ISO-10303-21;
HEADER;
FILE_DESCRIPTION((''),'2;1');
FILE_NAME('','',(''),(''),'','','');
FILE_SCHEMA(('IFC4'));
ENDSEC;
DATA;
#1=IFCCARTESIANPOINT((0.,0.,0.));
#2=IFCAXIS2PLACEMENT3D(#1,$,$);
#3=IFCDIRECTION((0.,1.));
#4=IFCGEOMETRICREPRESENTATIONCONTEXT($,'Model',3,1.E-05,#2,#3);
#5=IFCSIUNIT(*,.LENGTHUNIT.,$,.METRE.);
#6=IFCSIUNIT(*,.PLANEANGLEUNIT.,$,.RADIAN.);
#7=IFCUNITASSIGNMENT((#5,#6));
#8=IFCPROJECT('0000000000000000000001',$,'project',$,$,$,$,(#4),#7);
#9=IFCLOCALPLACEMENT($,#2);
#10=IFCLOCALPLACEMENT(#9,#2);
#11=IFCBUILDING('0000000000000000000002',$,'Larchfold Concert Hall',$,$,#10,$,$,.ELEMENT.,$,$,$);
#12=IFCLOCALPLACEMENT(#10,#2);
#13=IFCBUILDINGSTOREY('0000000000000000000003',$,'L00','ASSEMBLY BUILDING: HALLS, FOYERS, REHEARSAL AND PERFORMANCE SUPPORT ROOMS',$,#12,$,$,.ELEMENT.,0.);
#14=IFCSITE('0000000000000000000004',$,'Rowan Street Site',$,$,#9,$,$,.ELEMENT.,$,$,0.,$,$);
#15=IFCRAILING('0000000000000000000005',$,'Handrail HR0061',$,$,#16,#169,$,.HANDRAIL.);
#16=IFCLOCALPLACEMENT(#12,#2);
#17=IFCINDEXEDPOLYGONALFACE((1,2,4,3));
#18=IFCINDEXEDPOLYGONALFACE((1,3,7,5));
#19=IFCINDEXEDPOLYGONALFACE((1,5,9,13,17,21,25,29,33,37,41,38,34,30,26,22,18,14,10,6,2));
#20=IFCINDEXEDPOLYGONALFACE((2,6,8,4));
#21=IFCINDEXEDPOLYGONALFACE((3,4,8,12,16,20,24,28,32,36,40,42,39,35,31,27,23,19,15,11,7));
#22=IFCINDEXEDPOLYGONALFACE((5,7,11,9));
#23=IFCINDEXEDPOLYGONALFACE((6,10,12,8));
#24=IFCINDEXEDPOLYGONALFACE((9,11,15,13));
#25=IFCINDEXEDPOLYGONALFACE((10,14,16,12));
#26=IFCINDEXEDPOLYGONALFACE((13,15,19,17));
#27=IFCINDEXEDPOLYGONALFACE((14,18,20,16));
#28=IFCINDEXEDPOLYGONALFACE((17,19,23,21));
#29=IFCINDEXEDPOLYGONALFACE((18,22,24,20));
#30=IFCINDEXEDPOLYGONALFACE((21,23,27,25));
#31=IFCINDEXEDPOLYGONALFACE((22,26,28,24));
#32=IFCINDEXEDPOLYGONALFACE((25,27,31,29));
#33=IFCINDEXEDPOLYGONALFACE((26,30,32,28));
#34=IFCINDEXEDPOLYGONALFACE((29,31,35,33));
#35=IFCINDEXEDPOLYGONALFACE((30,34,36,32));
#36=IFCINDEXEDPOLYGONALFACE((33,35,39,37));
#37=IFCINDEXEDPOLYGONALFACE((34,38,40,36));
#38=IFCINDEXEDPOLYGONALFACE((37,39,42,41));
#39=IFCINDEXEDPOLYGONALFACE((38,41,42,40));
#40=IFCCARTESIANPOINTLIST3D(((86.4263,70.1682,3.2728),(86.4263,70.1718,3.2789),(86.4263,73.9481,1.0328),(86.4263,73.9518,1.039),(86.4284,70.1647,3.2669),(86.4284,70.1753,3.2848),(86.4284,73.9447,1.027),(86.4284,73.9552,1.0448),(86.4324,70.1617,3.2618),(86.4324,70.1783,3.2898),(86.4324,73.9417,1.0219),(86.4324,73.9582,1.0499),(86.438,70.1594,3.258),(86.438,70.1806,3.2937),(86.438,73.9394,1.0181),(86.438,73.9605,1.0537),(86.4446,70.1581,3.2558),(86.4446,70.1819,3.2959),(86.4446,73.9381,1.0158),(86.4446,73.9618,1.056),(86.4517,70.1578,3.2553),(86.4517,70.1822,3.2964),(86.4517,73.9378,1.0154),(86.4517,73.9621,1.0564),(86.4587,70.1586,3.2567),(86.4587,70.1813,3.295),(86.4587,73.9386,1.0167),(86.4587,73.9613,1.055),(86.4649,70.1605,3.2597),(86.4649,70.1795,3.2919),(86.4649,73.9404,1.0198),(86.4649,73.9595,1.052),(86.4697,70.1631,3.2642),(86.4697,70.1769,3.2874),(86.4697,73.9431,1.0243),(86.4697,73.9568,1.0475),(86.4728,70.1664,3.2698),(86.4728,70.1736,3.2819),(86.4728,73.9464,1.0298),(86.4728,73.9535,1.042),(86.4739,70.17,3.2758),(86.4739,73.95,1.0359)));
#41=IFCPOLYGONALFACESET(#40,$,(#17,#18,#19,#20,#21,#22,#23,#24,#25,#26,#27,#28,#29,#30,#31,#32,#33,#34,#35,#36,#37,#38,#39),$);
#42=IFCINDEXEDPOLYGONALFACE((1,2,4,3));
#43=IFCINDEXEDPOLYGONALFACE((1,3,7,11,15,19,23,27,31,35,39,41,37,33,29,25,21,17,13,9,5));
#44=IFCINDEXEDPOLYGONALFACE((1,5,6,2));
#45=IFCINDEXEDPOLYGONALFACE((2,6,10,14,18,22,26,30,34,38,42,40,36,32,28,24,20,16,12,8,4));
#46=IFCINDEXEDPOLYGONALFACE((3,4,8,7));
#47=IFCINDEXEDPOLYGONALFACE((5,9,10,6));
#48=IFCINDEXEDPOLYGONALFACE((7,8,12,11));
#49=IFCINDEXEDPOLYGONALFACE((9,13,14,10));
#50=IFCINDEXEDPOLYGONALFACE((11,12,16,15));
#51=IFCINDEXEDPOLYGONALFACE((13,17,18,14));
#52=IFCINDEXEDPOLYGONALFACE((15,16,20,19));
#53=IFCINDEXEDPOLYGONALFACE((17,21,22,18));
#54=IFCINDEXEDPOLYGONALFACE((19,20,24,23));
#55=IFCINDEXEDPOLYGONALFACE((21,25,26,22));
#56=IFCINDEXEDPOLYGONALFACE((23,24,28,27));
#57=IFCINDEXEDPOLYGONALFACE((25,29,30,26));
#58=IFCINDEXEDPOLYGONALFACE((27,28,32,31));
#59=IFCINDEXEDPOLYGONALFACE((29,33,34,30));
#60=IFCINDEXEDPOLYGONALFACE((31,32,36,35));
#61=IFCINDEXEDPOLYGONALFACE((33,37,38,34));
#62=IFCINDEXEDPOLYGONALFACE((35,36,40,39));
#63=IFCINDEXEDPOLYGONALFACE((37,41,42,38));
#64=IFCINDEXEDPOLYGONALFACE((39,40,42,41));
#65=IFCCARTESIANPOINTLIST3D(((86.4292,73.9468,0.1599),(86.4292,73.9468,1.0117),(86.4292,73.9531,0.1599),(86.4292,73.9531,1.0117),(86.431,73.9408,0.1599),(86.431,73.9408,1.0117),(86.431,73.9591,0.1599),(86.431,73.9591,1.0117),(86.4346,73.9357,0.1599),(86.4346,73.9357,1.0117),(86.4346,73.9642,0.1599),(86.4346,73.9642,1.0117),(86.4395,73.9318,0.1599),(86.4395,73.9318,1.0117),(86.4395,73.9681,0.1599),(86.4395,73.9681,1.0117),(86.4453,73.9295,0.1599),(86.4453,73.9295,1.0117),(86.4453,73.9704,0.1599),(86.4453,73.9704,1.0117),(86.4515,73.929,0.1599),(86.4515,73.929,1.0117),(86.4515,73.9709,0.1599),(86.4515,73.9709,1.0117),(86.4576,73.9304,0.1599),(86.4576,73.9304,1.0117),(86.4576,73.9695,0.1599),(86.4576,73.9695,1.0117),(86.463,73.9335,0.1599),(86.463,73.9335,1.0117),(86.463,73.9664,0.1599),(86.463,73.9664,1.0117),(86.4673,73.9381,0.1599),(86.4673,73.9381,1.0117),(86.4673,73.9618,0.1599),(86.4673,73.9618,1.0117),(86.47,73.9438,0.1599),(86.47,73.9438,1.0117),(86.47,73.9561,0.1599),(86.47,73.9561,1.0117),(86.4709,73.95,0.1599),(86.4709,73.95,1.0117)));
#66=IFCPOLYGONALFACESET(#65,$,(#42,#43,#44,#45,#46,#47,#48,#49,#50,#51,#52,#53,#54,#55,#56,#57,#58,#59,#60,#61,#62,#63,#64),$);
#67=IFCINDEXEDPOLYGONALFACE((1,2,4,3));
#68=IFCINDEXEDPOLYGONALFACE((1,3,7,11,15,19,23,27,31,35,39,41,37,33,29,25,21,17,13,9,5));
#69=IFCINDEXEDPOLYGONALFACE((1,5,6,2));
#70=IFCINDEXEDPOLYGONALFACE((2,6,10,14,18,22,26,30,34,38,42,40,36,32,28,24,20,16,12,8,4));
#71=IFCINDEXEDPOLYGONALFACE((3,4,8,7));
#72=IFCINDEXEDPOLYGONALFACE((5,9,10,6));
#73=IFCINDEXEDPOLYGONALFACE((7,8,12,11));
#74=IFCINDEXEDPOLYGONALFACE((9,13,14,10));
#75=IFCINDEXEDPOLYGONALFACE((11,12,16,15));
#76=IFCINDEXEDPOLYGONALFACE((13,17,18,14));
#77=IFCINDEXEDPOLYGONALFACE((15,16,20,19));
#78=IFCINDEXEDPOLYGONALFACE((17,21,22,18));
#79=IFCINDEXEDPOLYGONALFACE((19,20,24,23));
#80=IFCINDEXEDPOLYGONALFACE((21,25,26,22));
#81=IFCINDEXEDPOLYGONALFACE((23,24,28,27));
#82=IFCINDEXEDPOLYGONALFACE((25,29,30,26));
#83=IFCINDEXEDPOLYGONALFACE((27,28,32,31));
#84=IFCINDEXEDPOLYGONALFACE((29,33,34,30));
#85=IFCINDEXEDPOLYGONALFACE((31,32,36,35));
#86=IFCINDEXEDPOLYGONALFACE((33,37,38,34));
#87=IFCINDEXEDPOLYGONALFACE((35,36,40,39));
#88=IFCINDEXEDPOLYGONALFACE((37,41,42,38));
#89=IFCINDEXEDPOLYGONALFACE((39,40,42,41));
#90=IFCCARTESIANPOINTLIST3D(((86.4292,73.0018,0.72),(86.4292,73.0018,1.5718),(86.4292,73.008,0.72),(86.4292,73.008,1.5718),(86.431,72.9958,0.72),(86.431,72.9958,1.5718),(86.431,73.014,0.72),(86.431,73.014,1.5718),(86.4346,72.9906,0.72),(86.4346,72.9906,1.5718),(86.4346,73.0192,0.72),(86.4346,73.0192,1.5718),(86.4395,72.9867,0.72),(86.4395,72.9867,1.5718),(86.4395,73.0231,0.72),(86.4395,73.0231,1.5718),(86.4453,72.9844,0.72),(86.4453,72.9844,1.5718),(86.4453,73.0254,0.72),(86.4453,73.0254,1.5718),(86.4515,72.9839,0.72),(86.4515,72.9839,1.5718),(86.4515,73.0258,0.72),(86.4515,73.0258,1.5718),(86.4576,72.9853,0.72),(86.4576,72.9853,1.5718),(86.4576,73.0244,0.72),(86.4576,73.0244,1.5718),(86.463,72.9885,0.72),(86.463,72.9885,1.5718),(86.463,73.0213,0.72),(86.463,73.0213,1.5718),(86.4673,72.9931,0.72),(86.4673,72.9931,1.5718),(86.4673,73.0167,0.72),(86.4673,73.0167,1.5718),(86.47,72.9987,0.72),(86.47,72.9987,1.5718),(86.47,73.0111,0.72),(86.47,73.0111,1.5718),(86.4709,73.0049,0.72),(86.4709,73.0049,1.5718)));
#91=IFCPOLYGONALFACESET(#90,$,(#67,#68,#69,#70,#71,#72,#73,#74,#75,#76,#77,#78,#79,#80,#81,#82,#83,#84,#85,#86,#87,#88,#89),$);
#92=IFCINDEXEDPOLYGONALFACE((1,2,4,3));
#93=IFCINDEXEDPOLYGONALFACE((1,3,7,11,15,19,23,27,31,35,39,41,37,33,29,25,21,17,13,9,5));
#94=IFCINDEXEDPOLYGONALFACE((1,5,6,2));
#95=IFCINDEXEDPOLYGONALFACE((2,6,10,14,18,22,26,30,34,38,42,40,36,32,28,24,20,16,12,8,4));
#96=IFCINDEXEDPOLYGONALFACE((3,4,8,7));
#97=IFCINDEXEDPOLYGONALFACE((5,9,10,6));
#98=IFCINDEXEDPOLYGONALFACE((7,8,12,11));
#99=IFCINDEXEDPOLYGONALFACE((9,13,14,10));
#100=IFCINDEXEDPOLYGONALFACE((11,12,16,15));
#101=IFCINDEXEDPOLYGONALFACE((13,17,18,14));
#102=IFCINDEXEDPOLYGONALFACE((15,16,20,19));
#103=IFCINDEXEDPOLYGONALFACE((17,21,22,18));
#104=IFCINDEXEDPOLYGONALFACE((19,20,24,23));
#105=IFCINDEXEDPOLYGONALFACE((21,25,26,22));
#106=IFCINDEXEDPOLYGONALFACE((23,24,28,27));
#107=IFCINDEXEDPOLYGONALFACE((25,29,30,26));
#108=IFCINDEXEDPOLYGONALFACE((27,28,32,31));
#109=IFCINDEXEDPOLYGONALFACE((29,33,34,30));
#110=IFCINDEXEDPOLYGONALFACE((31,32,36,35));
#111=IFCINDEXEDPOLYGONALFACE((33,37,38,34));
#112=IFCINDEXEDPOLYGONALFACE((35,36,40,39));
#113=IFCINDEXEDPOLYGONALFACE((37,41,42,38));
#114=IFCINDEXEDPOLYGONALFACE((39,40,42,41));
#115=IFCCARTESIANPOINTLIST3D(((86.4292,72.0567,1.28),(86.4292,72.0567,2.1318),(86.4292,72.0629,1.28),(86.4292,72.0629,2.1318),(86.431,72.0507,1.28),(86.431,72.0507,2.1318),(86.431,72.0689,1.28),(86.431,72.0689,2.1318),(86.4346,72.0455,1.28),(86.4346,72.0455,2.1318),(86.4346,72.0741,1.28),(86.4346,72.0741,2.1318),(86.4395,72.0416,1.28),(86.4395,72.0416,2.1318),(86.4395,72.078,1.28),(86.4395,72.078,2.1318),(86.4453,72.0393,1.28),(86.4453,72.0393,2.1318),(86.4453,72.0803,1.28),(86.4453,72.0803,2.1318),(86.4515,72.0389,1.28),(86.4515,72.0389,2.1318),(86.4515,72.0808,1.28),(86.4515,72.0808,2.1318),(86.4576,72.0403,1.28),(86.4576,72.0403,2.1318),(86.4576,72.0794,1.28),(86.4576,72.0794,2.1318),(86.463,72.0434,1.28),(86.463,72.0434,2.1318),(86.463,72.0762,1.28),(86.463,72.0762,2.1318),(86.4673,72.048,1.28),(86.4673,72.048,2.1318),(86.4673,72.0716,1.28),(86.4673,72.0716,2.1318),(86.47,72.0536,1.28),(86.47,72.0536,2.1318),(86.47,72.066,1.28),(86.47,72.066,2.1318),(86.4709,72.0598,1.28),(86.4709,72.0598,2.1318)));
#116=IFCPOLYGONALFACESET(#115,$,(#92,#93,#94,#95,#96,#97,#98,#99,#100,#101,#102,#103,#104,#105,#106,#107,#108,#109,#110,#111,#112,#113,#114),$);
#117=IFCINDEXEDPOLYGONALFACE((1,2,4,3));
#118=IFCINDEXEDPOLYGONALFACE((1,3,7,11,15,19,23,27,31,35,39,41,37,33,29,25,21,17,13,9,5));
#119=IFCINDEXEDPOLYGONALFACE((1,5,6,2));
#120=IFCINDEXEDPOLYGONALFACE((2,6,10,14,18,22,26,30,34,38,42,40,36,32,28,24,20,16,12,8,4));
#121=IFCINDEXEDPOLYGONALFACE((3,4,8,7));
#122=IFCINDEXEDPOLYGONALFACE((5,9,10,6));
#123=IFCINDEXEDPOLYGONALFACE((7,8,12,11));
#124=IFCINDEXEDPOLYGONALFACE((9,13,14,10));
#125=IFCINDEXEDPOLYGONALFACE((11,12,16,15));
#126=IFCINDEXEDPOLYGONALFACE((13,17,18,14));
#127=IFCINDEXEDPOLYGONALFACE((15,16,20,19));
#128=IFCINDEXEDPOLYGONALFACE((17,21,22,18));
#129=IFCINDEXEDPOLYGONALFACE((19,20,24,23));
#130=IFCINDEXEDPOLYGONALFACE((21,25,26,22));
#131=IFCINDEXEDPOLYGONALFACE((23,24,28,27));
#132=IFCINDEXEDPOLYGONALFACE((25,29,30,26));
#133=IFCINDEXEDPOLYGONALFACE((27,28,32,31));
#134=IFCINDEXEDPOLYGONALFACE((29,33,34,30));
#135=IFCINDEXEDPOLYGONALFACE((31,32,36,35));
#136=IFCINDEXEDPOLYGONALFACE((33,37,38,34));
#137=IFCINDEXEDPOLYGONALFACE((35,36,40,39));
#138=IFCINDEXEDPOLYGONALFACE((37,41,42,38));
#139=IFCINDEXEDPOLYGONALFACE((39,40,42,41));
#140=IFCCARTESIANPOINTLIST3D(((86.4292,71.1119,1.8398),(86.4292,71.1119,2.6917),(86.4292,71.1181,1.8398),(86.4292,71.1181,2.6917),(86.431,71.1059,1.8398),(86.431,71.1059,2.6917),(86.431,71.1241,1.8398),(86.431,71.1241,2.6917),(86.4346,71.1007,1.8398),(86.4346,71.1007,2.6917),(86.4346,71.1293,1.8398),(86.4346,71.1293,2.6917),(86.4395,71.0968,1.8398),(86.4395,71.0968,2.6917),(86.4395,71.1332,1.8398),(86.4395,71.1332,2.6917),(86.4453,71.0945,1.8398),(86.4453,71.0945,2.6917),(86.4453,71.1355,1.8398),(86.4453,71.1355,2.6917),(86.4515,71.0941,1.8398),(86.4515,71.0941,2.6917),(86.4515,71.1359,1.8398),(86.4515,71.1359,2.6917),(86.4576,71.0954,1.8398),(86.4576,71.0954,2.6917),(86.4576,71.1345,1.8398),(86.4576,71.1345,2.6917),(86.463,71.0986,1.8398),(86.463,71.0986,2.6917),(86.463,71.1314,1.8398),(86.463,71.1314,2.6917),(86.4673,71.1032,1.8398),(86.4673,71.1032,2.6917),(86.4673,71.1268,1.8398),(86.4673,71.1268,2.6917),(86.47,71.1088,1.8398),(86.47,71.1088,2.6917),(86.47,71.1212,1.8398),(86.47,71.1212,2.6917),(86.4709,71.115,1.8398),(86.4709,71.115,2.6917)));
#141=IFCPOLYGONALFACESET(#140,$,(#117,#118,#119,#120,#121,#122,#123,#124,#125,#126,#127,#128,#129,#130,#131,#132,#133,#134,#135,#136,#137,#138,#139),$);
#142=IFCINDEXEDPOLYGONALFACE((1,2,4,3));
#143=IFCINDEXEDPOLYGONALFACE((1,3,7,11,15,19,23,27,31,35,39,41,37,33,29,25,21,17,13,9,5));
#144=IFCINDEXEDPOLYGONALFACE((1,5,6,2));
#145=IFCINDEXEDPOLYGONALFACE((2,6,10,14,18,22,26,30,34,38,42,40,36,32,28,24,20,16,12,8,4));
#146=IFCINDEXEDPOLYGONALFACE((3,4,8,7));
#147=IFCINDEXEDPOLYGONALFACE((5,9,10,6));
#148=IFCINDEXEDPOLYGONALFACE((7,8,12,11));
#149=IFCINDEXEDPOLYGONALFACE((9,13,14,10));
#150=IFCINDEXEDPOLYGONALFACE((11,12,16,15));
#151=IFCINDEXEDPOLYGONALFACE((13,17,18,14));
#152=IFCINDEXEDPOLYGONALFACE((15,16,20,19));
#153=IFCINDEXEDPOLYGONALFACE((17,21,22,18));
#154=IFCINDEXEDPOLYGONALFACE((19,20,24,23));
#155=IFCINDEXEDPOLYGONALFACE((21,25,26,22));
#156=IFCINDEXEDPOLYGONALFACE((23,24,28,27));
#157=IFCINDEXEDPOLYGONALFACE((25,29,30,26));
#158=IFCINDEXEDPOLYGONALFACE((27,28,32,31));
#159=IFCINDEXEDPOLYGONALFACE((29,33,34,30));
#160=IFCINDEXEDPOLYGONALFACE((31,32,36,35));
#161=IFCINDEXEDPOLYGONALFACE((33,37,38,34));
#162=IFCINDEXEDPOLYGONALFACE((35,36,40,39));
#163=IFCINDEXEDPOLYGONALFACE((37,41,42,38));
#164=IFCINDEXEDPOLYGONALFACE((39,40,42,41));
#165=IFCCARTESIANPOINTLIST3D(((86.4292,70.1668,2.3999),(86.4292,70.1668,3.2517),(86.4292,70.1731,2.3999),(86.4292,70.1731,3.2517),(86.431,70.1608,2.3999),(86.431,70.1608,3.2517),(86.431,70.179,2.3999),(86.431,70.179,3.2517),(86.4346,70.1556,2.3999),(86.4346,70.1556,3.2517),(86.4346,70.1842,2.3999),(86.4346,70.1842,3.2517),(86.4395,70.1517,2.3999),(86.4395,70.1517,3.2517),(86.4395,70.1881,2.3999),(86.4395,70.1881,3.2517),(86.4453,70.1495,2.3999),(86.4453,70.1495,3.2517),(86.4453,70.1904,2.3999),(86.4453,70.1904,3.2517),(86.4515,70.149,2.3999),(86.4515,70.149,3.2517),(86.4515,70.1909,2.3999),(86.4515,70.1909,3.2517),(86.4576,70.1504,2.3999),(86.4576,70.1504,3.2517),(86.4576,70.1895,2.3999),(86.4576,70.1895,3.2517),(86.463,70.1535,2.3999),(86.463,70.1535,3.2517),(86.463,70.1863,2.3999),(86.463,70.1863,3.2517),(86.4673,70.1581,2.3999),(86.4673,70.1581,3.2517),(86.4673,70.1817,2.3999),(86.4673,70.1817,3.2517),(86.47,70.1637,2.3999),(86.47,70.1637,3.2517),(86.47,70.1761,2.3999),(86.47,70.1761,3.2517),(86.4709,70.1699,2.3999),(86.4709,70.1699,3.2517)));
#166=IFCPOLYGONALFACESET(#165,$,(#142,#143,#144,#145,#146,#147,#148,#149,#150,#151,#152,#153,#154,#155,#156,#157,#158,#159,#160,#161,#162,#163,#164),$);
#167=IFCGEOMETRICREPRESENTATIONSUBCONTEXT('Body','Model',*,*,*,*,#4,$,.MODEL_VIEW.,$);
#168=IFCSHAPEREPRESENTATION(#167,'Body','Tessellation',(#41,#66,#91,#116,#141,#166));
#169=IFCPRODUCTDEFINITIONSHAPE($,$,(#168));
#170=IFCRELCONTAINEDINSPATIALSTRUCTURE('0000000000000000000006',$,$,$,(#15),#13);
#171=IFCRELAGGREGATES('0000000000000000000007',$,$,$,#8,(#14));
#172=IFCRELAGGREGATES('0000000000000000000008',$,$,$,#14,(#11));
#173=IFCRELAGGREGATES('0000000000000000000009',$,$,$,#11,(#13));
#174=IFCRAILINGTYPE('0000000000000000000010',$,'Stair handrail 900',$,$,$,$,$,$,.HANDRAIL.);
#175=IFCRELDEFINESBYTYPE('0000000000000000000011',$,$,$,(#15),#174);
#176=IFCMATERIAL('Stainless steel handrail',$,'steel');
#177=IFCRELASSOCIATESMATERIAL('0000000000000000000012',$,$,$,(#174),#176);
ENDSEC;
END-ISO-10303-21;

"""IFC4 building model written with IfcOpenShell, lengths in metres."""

from ifc_helpers import new_model, si_unit, direction, frame, origin, origin_2d, place, context, subcontext, project, spatial, circle, extrude, material, type_object, element, save


model = new_model("IFC4")

# Units and contexts
model_context = context("Model", 3, precision=1e-05, world=origin(), true_north=direction((0.0, 1.0)))
body_context = subcontext(model_context, "Body", "Model", "MODEL_VIEW")
ifc_project = project(units=[si_unit("LENGTHUNIT", "METRE"), si_unit("PLANEANGLEUNIT", "RADIAN")], contexts=[model_context])

# Site, building, storey
site_placement = place(None, origin())
site = spatial("IfcSite", under=ifc_project, at=site_placement, Name="Rowan Street Site", CompositionType="ELEMENT", RefElevation=0.0)
building_placement = place(site_placement, origin())
building = spatial("IfcBuilding", under=site, at=building_placement, Name="Larchfold Concert Hall", CompositionType="ELEMENT")
storey_placement = place(building_placement, origin())
storey = spatial("IfcBuildingStorey", under=building, at=storey_placement, Name="L00", Description="ASSEMBLY BUILDING: HALLS, FOYERS, REHEARSAL AND PERFORMANCE SUPPORT ROOMS", CompositionType="ELEMENT", Elevation=0.0)

# Railing
ifc_material_1 = material(Name="Stainless steel handrail", Category="steel")
railing_type_1 = type_object("IfcRailingType", Name="Stair handrail 900", PredefinedType="HANDRAIL", material=ifc_material_1)
for number, where, name in (
    (1, (86.45, 73.95, 0.1599), "Handrail HR0061"),
):
    element("IfcRailing", number, at=place(storey_placement, frame(where)), inside=storey, type_object=railing_type_1, Name=name, PredefinedType="HANDRAIL", context=body_context, shape_type="SweptSolid", body=[
        extrude(circle(Radius=0.0239, at=origin_2d()), frame((0.0, 0.0, 0.876), z_axis=(0.0, -0.860294, 0.509798), x_axis=(1.0, 0.0, 0.0)), (0.0, 0.0, 1.0), 4.3938),
        extrude(circle(Radius=0.021, at=origin_2d()), origin(), (0.0, 0.0, 1.0), 0.8518),
        extrude(circle(Radius=0.021, at=origin_2d()), frame((0.0, -0.9451, 0.5601)), (0.0, 0.0, 1.0), 0.8518),
        extrude(circle(Radius=0.021, at=origin_2d()), frame((0.0, -1.8901, 1.1201)), (0.0, 0.0, 1.0), 0.8518),
        extrude(circle(Radius=0.021, at=origin_2d()), frame((0.0, -2.835, 1.6799)), (0.0, 0.0, 1.0), 0.8518),
        extrude(circle(Radius=0.021, at=origin_2d()), frame((0.0, -3.78, 2.24)), (0.0, 0.0, 1.0), 0.8518),
    ])

save(model, "model.ifc")
